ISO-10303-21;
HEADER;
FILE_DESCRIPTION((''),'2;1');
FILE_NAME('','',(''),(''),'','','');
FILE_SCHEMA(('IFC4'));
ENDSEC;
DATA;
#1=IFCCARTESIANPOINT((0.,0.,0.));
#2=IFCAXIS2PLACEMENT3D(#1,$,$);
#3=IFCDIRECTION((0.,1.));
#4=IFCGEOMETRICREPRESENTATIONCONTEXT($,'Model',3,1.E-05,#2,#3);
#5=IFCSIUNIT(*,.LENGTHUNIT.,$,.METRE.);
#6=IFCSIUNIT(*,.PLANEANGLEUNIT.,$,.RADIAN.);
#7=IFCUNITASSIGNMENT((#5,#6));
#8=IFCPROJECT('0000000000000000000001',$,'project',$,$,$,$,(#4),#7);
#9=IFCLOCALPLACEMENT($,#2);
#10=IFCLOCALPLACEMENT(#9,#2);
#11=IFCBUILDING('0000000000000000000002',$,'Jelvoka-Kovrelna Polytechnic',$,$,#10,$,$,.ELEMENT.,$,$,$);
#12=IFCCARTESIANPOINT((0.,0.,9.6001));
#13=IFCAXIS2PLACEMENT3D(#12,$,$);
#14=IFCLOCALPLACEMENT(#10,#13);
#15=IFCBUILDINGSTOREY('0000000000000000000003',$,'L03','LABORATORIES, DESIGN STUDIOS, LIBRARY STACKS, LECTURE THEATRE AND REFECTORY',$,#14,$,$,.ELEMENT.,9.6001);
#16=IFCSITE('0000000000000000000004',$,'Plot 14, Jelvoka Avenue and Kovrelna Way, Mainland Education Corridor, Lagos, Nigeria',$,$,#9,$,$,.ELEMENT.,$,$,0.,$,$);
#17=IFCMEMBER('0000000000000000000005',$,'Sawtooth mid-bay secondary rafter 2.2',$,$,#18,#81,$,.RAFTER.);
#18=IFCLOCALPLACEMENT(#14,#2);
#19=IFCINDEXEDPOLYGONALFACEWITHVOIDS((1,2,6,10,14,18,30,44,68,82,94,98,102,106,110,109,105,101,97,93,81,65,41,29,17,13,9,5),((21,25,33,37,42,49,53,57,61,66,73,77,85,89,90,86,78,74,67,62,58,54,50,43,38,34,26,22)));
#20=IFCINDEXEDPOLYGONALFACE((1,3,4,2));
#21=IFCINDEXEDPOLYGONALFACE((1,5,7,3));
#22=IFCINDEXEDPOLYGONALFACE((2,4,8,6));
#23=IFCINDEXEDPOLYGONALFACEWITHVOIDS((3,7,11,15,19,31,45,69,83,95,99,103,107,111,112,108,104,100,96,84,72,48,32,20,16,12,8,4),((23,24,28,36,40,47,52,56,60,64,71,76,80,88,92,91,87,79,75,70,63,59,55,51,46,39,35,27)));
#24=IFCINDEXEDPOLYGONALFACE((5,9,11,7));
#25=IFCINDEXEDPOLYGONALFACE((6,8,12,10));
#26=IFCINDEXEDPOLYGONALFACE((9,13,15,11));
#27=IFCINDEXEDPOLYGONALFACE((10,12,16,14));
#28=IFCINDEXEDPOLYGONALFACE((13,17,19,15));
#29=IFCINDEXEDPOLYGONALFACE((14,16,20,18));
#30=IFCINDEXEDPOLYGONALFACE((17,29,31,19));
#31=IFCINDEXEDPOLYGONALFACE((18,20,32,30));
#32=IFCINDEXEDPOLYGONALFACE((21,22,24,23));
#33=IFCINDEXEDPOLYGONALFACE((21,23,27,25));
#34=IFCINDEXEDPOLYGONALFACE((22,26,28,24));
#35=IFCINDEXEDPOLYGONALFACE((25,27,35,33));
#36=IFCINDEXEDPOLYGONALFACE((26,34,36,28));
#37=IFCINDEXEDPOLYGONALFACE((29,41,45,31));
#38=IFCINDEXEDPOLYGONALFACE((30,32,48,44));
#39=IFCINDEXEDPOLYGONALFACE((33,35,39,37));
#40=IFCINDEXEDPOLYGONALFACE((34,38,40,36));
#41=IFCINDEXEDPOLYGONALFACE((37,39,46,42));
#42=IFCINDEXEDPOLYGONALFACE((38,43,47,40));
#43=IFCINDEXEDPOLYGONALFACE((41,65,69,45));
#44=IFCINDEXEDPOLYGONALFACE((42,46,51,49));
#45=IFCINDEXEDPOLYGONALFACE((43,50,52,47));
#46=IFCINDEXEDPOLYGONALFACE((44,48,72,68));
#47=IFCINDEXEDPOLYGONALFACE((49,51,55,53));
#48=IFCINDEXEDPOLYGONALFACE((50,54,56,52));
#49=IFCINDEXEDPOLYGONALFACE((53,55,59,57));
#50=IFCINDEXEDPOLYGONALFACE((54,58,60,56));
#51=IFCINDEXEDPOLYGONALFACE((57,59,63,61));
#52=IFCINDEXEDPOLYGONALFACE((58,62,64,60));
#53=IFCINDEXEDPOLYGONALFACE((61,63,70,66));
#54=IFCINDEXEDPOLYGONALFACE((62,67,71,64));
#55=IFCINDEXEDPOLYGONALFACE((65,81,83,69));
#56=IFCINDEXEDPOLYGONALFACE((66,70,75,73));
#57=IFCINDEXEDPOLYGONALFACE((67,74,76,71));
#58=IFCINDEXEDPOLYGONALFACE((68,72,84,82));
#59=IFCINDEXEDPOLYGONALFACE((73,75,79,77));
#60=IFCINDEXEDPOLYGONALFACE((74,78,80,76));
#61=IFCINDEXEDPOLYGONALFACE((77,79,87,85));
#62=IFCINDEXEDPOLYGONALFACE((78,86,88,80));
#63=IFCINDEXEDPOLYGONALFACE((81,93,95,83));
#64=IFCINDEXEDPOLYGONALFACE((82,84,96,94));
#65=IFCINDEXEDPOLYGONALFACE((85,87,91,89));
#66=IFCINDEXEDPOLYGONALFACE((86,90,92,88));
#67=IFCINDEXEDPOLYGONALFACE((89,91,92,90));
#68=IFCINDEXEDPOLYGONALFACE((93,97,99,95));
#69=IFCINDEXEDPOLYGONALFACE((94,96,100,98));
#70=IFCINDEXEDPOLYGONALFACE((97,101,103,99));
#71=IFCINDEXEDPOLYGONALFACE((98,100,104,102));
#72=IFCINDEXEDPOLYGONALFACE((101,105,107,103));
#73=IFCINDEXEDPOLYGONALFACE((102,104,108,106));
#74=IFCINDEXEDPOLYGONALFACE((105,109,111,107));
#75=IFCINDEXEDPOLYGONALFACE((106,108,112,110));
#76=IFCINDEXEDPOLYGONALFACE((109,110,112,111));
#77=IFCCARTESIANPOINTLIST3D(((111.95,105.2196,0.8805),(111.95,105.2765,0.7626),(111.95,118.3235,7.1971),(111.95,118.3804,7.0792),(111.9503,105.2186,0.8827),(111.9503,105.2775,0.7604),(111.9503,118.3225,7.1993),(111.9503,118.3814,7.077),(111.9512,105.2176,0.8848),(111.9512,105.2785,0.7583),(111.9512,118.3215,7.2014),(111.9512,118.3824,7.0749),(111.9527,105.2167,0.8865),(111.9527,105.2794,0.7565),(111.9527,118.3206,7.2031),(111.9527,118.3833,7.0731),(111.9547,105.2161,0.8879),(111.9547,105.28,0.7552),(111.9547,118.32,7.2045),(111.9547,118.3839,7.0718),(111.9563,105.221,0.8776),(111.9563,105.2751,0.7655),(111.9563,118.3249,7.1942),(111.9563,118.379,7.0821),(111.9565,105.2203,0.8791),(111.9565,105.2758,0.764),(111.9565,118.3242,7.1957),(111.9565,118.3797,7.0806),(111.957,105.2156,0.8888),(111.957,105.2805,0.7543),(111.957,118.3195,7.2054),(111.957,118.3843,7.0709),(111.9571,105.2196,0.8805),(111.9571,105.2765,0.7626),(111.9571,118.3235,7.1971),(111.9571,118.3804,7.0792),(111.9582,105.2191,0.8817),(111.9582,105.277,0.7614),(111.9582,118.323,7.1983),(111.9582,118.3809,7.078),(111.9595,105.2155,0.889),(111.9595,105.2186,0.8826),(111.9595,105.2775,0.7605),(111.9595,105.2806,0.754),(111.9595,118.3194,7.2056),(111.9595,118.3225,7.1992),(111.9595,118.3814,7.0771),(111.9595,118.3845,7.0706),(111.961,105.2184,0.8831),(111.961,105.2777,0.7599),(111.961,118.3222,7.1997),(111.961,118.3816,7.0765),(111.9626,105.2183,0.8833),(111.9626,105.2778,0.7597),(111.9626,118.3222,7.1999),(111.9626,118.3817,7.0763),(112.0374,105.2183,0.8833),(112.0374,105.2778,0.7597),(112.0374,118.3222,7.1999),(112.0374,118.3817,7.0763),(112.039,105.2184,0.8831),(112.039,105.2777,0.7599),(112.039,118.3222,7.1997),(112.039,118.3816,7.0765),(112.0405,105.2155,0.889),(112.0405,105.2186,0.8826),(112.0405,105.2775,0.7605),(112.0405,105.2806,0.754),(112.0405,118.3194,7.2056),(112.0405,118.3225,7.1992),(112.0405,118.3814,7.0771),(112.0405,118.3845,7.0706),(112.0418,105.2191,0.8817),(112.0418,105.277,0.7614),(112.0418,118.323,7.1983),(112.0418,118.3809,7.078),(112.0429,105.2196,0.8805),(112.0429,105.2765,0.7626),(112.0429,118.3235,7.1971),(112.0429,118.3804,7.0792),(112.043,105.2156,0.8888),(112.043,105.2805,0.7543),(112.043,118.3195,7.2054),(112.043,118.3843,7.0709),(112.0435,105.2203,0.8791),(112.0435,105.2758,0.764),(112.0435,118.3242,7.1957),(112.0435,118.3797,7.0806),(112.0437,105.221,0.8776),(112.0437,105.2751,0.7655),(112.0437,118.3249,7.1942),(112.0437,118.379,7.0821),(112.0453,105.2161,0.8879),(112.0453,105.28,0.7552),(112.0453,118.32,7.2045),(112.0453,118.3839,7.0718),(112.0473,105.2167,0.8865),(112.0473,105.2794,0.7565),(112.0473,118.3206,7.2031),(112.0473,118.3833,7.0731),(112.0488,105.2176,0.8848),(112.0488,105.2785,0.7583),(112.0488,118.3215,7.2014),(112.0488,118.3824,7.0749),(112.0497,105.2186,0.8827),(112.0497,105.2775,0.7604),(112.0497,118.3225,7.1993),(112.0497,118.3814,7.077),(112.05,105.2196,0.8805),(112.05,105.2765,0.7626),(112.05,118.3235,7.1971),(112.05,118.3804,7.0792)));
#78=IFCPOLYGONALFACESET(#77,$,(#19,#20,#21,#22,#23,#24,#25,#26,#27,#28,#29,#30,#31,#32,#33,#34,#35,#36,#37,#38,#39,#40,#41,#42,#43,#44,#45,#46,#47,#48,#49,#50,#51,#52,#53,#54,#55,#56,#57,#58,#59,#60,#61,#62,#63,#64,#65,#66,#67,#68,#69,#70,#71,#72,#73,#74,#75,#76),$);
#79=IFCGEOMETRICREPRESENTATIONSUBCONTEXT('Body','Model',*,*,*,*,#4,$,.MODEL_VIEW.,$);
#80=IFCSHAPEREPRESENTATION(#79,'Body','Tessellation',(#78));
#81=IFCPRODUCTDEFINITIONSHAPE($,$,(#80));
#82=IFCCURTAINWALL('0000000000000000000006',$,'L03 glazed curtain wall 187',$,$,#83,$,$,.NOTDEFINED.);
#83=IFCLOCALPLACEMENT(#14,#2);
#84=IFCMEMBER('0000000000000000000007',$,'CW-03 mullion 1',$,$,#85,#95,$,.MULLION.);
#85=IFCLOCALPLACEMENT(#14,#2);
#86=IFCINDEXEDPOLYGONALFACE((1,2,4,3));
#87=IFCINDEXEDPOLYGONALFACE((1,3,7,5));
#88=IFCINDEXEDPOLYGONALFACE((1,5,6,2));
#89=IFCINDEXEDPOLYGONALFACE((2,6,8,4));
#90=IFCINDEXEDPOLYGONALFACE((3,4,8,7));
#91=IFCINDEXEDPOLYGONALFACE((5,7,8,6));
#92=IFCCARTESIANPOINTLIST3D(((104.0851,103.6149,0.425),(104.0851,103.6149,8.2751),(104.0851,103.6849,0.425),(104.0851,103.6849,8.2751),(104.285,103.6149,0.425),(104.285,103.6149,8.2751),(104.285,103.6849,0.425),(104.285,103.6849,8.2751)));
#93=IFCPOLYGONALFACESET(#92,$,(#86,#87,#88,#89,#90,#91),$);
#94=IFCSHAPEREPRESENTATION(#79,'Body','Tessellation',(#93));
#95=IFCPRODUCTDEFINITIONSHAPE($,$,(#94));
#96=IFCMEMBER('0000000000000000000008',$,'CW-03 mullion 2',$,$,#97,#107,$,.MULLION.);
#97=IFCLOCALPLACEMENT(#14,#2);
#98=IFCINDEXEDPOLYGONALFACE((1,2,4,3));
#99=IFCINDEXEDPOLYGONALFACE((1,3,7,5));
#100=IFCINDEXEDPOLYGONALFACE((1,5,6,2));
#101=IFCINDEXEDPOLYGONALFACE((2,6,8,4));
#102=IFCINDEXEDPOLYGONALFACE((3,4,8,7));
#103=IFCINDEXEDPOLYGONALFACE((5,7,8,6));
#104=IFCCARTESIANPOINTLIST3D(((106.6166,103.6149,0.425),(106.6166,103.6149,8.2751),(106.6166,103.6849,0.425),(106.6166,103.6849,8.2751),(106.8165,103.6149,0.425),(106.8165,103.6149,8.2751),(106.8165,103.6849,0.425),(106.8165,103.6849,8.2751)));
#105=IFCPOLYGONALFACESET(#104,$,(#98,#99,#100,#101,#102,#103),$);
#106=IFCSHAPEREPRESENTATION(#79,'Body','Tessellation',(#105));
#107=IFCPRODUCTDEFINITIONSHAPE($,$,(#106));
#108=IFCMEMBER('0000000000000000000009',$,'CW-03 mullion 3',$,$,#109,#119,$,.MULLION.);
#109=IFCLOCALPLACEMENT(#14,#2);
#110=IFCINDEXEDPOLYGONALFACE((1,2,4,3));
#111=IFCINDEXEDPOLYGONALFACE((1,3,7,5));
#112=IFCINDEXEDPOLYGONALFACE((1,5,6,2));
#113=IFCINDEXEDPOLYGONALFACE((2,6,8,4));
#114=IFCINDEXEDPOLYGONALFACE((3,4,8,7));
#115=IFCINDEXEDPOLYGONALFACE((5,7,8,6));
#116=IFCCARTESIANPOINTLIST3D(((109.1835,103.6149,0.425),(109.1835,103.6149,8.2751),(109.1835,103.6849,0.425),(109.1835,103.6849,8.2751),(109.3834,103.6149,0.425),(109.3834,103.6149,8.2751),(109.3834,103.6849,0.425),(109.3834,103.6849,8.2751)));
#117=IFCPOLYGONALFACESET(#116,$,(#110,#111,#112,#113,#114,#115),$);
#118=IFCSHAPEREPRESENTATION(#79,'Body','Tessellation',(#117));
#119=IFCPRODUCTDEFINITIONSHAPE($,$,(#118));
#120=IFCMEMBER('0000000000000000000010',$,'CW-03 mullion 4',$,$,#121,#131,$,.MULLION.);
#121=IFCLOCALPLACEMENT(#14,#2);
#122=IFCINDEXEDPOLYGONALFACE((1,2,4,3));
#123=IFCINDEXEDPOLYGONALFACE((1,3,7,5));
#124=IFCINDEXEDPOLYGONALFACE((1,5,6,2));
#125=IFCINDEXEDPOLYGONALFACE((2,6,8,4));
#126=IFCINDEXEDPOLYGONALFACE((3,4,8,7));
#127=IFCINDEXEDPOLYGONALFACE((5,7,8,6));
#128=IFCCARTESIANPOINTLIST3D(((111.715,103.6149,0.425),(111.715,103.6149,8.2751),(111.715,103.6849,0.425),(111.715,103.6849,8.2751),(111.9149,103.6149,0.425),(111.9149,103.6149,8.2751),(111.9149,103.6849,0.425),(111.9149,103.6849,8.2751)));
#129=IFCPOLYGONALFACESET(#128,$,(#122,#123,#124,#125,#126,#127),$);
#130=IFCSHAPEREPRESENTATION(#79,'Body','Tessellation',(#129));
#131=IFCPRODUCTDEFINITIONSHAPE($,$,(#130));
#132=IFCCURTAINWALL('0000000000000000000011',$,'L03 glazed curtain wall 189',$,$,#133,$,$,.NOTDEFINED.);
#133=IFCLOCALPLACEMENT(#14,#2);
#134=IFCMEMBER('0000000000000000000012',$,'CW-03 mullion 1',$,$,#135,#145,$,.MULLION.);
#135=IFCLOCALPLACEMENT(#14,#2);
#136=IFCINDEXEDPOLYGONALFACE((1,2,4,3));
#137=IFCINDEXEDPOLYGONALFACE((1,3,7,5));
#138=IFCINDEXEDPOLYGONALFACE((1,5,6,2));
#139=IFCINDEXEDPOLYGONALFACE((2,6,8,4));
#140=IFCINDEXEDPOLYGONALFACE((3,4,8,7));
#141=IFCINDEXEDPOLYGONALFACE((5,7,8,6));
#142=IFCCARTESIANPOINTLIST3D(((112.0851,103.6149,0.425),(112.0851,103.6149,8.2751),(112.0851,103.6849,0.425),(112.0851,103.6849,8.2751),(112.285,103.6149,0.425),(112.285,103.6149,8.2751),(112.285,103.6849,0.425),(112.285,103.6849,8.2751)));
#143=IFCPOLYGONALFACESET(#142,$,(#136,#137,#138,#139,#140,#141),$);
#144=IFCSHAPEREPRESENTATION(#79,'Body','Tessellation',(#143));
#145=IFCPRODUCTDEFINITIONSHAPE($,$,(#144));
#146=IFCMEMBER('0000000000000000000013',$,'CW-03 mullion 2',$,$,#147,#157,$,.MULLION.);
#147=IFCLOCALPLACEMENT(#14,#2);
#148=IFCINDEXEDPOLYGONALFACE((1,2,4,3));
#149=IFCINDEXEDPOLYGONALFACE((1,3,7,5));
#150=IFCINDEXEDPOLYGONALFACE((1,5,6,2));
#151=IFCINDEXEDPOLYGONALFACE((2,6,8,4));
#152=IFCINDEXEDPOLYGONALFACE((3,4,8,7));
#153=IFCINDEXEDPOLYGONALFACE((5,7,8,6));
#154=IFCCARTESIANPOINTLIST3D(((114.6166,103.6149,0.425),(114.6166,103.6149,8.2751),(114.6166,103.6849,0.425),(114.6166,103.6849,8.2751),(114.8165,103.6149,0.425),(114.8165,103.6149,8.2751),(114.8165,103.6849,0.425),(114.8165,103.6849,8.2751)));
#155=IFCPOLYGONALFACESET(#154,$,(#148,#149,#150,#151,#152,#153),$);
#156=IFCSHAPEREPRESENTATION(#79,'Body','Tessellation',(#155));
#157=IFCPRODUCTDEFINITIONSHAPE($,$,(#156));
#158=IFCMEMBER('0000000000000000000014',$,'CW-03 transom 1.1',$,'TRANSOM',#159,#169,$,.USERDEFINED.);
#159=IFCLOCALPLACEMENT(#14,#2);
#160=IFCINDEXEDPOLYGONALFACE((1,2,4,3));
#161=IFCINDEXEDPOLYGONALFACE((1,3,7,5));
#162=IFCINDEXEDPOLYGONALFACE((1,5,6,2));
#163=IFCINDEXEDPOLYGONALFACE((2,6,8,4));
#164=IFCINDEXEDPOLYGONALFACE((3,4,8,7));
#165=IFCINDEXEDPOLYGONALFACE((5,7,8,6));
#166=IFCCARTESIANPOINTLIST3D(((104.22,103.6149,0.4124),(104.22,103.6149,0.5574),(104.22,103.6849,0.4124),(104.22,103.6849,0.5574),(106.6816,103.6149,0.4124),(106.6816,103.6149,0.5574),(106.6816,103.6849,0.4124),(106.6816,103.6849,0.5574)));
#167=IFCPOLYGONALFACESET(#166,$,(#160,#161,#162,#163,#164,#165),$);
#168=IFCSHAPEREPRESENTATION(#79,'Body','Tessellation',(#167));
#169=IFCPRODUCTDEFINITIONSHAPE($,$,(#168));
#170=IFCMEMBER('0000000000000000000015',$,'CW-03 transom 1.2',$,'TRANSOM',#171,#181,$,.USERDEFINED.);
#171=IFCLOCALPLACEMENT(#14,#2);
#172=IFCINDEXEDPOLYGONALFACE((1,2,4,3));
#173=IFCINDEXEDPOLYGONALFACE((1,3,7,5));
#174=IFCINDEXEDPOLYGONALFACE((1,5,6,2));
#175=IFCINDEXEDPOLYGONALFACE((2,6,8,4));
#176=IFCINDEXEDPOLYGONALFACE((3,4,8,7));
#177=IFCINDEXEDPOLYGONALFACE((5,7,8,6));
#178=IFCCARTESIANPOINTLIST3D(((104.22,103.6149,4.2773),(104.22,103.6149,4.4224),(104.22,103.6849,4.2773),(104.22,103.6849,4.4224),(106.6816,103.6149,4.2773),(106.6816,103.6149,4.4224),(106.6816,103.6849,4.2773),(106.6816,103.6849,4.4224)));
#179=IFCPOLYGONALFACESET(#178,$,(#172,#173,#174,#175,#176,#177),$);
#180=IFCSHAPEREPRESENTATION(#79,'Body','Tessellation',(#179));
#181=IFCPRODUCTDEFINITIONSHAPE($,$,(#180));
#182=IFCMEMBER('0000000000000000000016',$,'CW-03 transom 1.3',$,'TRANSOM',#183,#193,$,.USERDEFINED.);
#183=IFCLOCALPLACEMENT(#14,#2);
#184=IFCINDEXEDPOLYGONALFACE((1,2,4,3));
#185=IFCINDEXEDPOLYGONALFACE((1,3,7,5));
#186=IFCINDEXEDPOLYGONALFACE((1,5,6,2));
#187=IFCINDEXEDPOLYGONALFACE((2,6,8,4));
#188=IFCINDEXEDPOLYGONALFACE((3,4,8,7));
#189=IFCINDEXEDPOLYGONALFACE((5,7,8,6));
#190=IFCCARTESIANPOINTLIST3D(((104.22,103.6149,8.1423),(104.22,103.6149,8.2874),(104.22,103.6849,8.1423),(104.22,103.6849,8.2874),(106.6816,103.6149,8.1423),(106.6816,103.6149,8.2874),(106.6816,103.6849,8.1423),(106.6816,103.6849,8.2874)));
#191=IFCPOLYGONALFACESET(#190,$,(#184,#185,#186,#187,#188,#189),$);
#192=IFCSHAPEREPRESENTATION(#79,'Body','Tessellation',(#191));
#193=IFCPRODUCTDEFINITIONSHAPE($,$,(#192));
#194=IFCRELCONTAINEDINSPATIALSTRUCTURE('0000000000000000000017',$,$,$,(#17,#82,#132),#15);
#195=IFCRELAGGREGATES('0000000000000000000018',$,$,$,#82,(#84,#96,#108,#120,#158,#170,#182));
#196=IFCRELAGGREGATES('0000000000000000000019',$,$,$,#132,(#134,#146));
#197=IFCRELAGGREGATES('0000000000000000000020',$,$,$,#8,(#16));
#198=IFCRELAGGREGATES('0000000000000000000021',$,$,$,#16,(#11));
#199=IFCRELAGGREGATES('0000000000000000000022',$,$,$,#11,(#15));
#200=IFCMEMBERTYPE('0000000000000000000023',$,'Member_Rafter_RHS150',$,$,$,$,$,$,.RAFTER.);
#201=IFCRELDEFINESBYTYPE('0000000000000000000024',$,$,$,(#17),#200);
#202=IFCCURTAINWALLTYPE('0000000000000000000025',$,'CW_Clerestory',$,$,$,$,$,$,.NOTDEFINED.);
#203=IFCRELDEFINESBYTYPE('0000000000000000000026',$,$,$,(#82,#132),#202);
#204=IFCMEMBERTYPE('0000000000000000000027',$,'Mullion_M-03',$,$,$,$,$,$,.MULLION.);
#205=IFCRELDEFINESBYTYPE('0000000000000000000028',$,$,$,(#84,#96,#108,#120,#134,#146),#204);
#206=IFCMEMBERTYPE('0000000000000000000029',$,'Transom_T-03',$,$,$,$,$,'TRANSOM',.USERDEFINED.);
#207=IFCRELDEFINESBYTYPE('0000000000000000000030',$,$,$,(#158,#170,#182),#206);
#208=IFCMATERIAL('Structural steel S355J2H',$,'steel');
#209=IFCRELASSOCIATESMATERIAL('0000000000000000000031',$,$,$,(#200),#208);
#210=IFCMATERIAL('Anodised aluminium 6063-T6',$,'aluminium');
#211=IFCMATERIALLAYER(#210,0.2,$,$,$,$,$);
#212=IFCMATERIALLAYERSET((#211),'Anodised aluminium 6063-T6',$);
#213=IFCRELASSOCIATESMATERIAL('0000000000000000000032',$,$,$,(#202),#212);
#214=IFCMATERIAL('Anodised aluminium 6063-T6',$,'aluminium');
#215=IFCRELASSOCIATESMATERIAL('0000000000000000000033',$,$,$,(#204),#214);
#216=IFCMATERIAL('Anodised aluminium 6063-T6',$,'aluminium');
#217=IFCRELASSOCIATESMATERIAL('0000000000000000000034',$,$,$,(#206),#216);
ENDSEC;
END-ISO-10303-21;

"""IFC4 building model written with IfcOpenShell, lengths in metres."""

from ifc_helpers import new_model, si_unit, direction, frame, origin, origin_2d, place, context, subcontext, project, spatial, rectangle, hollow_rectangle, extrude, material, layer, layer_set, material_profile, profile_set, type_object, element, aggregate, save


model = new_model("IFC4")

# Units and contexts
model_context = context("Model", 3, precision=1e-05, world=origin(), true_north=direction((0.0, 1.0)))
body_context = subcontext(model_context, "Body", "Model", "MODEL_VIEW")
ifc_project = project(units=[si_unit("LENGTHUNIT", "METRE"), si_unit("PLANEANGLEUNIT", "RADIAN")], contexts=[model_context])

# Site, building, storey
site_placement = place(None, origin())
site = spatial("IfcSite", under=ifc_project, at=site_placement, Name="Plot 14, Jelvoka Avenue and Kovrelna Way, Mainland Education Corridor, Lagos, Nigeria", CompositionType="ELEMENT", RefElevation=0.0)
building_placement = place(site_placement, origin())
building = spatial("IfcBuilding", under=site, at=building_placement, Name="Jelvoka-Kovrelna Polytechnic", CompositionType="ELEMENT")
storey_placement = place(building_placement, frame((0.0, 0.0, 9.6001)))
storey = spatial("IfcBuildingStorey", under=building, at=storey_placement, Name="L03", Description="LABORATORIES, DESIGN STUDIOS, LIBRARY STACKS, LECTURE THEATRE AND REFECTORY", CompositionType="ELEMENT", Elevation=9.6001)

# Member
ifc_material_1 = material(Name="Structural steel S355J2H", Category="steel")
ifc_material_profile_1 = material_profile(ifc_material_1, hollow_rectangle(XDim=0.1001, YDim=0.1499, WallThickness=0.0063, InnerFilletRadius=0.0063, OuterFilletRadius=0.0095, at=origin_2d()), Name="150x100x6.3 RHS")
ifc_profile_set_1 = profile_set([ifc_material_profile_1], Name="Structural steel S355J2H")
member_type_1 = type_object("IfcMemberType", Name="Member_Rafter_RHS150", PredefinedType="RAFTER", material=ifc_profile_set_1)
member_1_placement = place(storey_placement, frame((112.0, 105.248, 0.8215), z_axis=(0.0, 0.900805, 0.434224), x_axis=(-1.0, 0.0, 0.0)))
element("IfcMember", 1, at=member_1_placement, inside=storey, type_object=member_type_1, Name="Sawtooth mid-bay secondary rafter 2.2", PredefinedType="RAFTER", context=body_context, shape_type="SweptSolid", body=[
    extrude(hollow_rectangle(XDim=0.1001, YDim=0.1499, WallThickness=0.0063, InnerFilletRadius=0.0063, OuterFilletRadius=0.0095, at=origin_2d()), origin(), (0.0, 0.0, 1.0), 14.5469),
])

# Curtain walls, members
ifc_material_2 = material(Name="Anodised aluminium 6063-T6", Category="aluminium")
ifc_layer_1 = layer(ifc_material_2, 0.2)
ifc_layer_set_1 = layer_set([ifc_layer_1], Name="Anodised aluminium 6063-T6")
curtain_wall_type = type_object("IfcCurtainWallType", Name="CW_Clerestory", PredefinedType="NOTDEFINED", material=ifc_layer_set_1)
curtain_wall_1_placement = place(storey_placement, origin())
curtain_wall_1 = element("IfcCurtainWall", 2, at=curtain_wall_1_placement, inside=storey, type_object=curtain_wall_type, Name="L03 glazed curtain wall 187", PredefinedType="NOTDEFINED")
ifc_material_3 = material(Name="Anodised aluminium 6063-T6", Category="aluminium")
ifc_material_profile_2 = material_profile(ifc_material_3, rectangle(XDim=0.0701, YDim=0.2, at=origin_2d()), Name="ALU 70x200")
ifc_profile_set_2 = profile_set([ifc_material_profile_2], Name="Anodised aluminium 6063-T6")
member_type_2 = type_object("IfcMemberType", Name="Mullion_M-03", PredefinedType="MULLION", material=ifc_profile_set_2)
member_2_placement = place(storey_placement, frame((104.1851, 103.6499, 0.425), z_axis=(0.0, 0.0, 1.0), x_axis=(0.0, 1.0, 0.0)))
member_2 = element("IfcMember", 3, at=member_2_placement, type_object=member_type_2, Name="CW-03 mullion 1", PredefinedType="MULLION", context=body_context, shape_type="SweptSolid", body=[
    extrude(rectangle(XDim=0.0701, YDim=0.2, at=origin_2d()), origin(), (0.0, 0.0, 1.0), 7.8501),
])
member_3_placement = place(storey_placement, frame((106.7166, 103.6499, 0.425), z_axis=(0.0, 0.0, 1.0), x_axis=(0.0, 1.0, 0.0)))
member_3 = element("IfcMember", 4, at=member_3_placement, type_object=member_type_2, Name="CW-03 mullion 2", PredefinedType="MULLION", context=body_context, shape_type="SweptSolid", body=[
    extrude(rectangle(XDim=0.0701, YDim=0.2, at=origin_2d()), origin(), (0.0, 0.0, 1.0), 7.8501),
])
member_4_placement = place(storey_placement, frame((109.2834, 103.6499, 0.425), z_axis=(0.0, 0.0, 1.0), x_axis=(0.0, 1.0, 0.0)))
member_4 = element("IfcMember", 5, at=member_4_placement, type_object=member_type_2, Name="CW-03 mullion 3", PredefinedType="MULLION", context=body_context, shape_type="SweptSolid", body=[
    extrude(rectangle(XDim=0.0701, YDim=0.2, at=origin_2d()), origin(), (0.0, 0.0, 1.0), 7.8501),
])
member_5_placement = place(storey_placement, frame((111.8149, 103.6499, 0.425), z_axis=(0.0, 0.0, 1.0), x_axis=(0.0, 1.0, 0.0)))
member_5 = element("IfcMember", 6, at=member_5_placement, type_object=member_type_2, Name="CW-03 mullion 4", PredefinedType="MULLION", context=body_context, shape_type="SweptSolid", body=[
    extrude(rectangle(XDim=0.0701, YDim=0.2, at=origin_2d()), origin(), (0.0, 0.0, 1.0), 7.8501),
])
curtain_wall_2_placement = place(storey_placement, origin())
curtain_wall_2 = element("IfcCurtainWall", 7, at=curtain_wall_2_placement, inside=storey, type_object=curtain_wall_type, Name="L03 glazed curtain wall 189", PredefinedType="NOTDEFINED")
member_6_placement = place(storey_placement, frame((112.1851, 103.6499, 0.425), z_axis=(0.0, 0.0, 1.0), x_axis=(0.0, 1.0, 0.0)))
member_6 = element("IfcMember", 8, at=member_6_placement, type_object=member_type_2, Name="CW-03 mullion 1", PredefinedType="MULLION", context=body_context, shape_type="SweptSolid", body=[
    extrude(rectangle(XDim=0.0701, YDim=0.2, at=origin_2d()), origin(), (0.0, 0.0, 1.0), 7.8501),
])
member_7_placement = place(storey_placement, frame((114.7166, 103.6499, 0.425), z_axis=(0.0, 0.0, 1.0), x_axis=(0.0, 1.0, 0.0)))
member_7 = element("IfcMember", 9, at=member_7_placement, type_object=member_type_2, Name="CW-03 mullion 2", PredefinedType="MULLION", context=body_context, shape_type="SweptSolid", body=[
    extrude(rectangle(XDim=0.0701, YDim=0.2, at=origin_2d()), origin(), (0.0, 0.0, 1.0), 7.8501),
])

# Members
ifc_material_4 = material(Name="Anodised aluminium 6063-T6", Category="aluminium")
ifc_material_profile_3 = material_profile(ifc_material_4, rectangle(XDim=0.0701, YDim=0.145, at=origin_2d()), Name="ALU 70x145")
ifc_profile_set_3 = profile_set([ifc_material_profile_3], Name="Anodised aluminium 6063-T6")
member_type_3 = type_object("IfcMemberType", Name="Transom_T-03", ElementType="TRANSOM", PredefinedType="USERDEFINED", material=ifc_profile_set_3)
member_8_placement = place(storey_placement, frame((104.22, 103.6499, 0.4849), z_axis=(1.0, 0.0, 0.0), x_axis=(0.0, 1.0, 0.0)))
member_8 = element("IfcMember", 10, at=member_8_placement, type_object=member_type_3, Name="CW-03 transom 1.1", ObjectType="TRANSOM", PredefinedType="USERDEFINED", context=body_context, shape_type="SweptSolid", body=[
    extrude(rectangle(XDim=0.0701, YDim=0.145, at=origin_2d()), origin(), (0.0, 0.0, 1.0), 2.4617),
])
member_9_placement = place(storey_placement, frame((104.22, 103.6499, 4.3499), z_axis=(1.0, 0.0, 0.0), x_axis=(0.0, 1.0, 0.0)))
member_9 = element("IfcMember", 11, at=member_9_placement, type_object=member_type_3, Name="CW-03 transom 1.2", ObjectType="TRANSOM", PredefinedType="USERDEFINED", context=body_context, shape_type="SweptSolid", body=[
    extrude(rectangle(XDim=0.0701, YDim=0.145, at=origin_2d()), origin(), (0.0, 0.0, 1.0), 2.4617),
])
member_10_placement = place(storey_placement, frame((104.22, 103.6499, 8.2148), z_axis=(1.0, 0.0, 0.0), x_axis=(0.0, 1.0, 0.0)))
member_10 = element("IfcMember", 12, at=member_10_placement, type_object=member_type_3, Name="CW-03 transom 1.3", ObjectType="TRANSOM", PredefinedType="USERDEFINED", context=body_context, shape_type="SweptSolid", body=[
    extrude(rectangle(XDim=0.0701, YDim=0.145, at=origin_2d()), origin(), (0.0, 0.0, 1.0), 2.4617),
])

aggregate(curtain_wall_1, [member_2, member_3, member_4, member_5, member_8, member_9, member_10])
aggregate(curtain_wall_2, [member_6, member_7])

save(model, "model.ifc")
